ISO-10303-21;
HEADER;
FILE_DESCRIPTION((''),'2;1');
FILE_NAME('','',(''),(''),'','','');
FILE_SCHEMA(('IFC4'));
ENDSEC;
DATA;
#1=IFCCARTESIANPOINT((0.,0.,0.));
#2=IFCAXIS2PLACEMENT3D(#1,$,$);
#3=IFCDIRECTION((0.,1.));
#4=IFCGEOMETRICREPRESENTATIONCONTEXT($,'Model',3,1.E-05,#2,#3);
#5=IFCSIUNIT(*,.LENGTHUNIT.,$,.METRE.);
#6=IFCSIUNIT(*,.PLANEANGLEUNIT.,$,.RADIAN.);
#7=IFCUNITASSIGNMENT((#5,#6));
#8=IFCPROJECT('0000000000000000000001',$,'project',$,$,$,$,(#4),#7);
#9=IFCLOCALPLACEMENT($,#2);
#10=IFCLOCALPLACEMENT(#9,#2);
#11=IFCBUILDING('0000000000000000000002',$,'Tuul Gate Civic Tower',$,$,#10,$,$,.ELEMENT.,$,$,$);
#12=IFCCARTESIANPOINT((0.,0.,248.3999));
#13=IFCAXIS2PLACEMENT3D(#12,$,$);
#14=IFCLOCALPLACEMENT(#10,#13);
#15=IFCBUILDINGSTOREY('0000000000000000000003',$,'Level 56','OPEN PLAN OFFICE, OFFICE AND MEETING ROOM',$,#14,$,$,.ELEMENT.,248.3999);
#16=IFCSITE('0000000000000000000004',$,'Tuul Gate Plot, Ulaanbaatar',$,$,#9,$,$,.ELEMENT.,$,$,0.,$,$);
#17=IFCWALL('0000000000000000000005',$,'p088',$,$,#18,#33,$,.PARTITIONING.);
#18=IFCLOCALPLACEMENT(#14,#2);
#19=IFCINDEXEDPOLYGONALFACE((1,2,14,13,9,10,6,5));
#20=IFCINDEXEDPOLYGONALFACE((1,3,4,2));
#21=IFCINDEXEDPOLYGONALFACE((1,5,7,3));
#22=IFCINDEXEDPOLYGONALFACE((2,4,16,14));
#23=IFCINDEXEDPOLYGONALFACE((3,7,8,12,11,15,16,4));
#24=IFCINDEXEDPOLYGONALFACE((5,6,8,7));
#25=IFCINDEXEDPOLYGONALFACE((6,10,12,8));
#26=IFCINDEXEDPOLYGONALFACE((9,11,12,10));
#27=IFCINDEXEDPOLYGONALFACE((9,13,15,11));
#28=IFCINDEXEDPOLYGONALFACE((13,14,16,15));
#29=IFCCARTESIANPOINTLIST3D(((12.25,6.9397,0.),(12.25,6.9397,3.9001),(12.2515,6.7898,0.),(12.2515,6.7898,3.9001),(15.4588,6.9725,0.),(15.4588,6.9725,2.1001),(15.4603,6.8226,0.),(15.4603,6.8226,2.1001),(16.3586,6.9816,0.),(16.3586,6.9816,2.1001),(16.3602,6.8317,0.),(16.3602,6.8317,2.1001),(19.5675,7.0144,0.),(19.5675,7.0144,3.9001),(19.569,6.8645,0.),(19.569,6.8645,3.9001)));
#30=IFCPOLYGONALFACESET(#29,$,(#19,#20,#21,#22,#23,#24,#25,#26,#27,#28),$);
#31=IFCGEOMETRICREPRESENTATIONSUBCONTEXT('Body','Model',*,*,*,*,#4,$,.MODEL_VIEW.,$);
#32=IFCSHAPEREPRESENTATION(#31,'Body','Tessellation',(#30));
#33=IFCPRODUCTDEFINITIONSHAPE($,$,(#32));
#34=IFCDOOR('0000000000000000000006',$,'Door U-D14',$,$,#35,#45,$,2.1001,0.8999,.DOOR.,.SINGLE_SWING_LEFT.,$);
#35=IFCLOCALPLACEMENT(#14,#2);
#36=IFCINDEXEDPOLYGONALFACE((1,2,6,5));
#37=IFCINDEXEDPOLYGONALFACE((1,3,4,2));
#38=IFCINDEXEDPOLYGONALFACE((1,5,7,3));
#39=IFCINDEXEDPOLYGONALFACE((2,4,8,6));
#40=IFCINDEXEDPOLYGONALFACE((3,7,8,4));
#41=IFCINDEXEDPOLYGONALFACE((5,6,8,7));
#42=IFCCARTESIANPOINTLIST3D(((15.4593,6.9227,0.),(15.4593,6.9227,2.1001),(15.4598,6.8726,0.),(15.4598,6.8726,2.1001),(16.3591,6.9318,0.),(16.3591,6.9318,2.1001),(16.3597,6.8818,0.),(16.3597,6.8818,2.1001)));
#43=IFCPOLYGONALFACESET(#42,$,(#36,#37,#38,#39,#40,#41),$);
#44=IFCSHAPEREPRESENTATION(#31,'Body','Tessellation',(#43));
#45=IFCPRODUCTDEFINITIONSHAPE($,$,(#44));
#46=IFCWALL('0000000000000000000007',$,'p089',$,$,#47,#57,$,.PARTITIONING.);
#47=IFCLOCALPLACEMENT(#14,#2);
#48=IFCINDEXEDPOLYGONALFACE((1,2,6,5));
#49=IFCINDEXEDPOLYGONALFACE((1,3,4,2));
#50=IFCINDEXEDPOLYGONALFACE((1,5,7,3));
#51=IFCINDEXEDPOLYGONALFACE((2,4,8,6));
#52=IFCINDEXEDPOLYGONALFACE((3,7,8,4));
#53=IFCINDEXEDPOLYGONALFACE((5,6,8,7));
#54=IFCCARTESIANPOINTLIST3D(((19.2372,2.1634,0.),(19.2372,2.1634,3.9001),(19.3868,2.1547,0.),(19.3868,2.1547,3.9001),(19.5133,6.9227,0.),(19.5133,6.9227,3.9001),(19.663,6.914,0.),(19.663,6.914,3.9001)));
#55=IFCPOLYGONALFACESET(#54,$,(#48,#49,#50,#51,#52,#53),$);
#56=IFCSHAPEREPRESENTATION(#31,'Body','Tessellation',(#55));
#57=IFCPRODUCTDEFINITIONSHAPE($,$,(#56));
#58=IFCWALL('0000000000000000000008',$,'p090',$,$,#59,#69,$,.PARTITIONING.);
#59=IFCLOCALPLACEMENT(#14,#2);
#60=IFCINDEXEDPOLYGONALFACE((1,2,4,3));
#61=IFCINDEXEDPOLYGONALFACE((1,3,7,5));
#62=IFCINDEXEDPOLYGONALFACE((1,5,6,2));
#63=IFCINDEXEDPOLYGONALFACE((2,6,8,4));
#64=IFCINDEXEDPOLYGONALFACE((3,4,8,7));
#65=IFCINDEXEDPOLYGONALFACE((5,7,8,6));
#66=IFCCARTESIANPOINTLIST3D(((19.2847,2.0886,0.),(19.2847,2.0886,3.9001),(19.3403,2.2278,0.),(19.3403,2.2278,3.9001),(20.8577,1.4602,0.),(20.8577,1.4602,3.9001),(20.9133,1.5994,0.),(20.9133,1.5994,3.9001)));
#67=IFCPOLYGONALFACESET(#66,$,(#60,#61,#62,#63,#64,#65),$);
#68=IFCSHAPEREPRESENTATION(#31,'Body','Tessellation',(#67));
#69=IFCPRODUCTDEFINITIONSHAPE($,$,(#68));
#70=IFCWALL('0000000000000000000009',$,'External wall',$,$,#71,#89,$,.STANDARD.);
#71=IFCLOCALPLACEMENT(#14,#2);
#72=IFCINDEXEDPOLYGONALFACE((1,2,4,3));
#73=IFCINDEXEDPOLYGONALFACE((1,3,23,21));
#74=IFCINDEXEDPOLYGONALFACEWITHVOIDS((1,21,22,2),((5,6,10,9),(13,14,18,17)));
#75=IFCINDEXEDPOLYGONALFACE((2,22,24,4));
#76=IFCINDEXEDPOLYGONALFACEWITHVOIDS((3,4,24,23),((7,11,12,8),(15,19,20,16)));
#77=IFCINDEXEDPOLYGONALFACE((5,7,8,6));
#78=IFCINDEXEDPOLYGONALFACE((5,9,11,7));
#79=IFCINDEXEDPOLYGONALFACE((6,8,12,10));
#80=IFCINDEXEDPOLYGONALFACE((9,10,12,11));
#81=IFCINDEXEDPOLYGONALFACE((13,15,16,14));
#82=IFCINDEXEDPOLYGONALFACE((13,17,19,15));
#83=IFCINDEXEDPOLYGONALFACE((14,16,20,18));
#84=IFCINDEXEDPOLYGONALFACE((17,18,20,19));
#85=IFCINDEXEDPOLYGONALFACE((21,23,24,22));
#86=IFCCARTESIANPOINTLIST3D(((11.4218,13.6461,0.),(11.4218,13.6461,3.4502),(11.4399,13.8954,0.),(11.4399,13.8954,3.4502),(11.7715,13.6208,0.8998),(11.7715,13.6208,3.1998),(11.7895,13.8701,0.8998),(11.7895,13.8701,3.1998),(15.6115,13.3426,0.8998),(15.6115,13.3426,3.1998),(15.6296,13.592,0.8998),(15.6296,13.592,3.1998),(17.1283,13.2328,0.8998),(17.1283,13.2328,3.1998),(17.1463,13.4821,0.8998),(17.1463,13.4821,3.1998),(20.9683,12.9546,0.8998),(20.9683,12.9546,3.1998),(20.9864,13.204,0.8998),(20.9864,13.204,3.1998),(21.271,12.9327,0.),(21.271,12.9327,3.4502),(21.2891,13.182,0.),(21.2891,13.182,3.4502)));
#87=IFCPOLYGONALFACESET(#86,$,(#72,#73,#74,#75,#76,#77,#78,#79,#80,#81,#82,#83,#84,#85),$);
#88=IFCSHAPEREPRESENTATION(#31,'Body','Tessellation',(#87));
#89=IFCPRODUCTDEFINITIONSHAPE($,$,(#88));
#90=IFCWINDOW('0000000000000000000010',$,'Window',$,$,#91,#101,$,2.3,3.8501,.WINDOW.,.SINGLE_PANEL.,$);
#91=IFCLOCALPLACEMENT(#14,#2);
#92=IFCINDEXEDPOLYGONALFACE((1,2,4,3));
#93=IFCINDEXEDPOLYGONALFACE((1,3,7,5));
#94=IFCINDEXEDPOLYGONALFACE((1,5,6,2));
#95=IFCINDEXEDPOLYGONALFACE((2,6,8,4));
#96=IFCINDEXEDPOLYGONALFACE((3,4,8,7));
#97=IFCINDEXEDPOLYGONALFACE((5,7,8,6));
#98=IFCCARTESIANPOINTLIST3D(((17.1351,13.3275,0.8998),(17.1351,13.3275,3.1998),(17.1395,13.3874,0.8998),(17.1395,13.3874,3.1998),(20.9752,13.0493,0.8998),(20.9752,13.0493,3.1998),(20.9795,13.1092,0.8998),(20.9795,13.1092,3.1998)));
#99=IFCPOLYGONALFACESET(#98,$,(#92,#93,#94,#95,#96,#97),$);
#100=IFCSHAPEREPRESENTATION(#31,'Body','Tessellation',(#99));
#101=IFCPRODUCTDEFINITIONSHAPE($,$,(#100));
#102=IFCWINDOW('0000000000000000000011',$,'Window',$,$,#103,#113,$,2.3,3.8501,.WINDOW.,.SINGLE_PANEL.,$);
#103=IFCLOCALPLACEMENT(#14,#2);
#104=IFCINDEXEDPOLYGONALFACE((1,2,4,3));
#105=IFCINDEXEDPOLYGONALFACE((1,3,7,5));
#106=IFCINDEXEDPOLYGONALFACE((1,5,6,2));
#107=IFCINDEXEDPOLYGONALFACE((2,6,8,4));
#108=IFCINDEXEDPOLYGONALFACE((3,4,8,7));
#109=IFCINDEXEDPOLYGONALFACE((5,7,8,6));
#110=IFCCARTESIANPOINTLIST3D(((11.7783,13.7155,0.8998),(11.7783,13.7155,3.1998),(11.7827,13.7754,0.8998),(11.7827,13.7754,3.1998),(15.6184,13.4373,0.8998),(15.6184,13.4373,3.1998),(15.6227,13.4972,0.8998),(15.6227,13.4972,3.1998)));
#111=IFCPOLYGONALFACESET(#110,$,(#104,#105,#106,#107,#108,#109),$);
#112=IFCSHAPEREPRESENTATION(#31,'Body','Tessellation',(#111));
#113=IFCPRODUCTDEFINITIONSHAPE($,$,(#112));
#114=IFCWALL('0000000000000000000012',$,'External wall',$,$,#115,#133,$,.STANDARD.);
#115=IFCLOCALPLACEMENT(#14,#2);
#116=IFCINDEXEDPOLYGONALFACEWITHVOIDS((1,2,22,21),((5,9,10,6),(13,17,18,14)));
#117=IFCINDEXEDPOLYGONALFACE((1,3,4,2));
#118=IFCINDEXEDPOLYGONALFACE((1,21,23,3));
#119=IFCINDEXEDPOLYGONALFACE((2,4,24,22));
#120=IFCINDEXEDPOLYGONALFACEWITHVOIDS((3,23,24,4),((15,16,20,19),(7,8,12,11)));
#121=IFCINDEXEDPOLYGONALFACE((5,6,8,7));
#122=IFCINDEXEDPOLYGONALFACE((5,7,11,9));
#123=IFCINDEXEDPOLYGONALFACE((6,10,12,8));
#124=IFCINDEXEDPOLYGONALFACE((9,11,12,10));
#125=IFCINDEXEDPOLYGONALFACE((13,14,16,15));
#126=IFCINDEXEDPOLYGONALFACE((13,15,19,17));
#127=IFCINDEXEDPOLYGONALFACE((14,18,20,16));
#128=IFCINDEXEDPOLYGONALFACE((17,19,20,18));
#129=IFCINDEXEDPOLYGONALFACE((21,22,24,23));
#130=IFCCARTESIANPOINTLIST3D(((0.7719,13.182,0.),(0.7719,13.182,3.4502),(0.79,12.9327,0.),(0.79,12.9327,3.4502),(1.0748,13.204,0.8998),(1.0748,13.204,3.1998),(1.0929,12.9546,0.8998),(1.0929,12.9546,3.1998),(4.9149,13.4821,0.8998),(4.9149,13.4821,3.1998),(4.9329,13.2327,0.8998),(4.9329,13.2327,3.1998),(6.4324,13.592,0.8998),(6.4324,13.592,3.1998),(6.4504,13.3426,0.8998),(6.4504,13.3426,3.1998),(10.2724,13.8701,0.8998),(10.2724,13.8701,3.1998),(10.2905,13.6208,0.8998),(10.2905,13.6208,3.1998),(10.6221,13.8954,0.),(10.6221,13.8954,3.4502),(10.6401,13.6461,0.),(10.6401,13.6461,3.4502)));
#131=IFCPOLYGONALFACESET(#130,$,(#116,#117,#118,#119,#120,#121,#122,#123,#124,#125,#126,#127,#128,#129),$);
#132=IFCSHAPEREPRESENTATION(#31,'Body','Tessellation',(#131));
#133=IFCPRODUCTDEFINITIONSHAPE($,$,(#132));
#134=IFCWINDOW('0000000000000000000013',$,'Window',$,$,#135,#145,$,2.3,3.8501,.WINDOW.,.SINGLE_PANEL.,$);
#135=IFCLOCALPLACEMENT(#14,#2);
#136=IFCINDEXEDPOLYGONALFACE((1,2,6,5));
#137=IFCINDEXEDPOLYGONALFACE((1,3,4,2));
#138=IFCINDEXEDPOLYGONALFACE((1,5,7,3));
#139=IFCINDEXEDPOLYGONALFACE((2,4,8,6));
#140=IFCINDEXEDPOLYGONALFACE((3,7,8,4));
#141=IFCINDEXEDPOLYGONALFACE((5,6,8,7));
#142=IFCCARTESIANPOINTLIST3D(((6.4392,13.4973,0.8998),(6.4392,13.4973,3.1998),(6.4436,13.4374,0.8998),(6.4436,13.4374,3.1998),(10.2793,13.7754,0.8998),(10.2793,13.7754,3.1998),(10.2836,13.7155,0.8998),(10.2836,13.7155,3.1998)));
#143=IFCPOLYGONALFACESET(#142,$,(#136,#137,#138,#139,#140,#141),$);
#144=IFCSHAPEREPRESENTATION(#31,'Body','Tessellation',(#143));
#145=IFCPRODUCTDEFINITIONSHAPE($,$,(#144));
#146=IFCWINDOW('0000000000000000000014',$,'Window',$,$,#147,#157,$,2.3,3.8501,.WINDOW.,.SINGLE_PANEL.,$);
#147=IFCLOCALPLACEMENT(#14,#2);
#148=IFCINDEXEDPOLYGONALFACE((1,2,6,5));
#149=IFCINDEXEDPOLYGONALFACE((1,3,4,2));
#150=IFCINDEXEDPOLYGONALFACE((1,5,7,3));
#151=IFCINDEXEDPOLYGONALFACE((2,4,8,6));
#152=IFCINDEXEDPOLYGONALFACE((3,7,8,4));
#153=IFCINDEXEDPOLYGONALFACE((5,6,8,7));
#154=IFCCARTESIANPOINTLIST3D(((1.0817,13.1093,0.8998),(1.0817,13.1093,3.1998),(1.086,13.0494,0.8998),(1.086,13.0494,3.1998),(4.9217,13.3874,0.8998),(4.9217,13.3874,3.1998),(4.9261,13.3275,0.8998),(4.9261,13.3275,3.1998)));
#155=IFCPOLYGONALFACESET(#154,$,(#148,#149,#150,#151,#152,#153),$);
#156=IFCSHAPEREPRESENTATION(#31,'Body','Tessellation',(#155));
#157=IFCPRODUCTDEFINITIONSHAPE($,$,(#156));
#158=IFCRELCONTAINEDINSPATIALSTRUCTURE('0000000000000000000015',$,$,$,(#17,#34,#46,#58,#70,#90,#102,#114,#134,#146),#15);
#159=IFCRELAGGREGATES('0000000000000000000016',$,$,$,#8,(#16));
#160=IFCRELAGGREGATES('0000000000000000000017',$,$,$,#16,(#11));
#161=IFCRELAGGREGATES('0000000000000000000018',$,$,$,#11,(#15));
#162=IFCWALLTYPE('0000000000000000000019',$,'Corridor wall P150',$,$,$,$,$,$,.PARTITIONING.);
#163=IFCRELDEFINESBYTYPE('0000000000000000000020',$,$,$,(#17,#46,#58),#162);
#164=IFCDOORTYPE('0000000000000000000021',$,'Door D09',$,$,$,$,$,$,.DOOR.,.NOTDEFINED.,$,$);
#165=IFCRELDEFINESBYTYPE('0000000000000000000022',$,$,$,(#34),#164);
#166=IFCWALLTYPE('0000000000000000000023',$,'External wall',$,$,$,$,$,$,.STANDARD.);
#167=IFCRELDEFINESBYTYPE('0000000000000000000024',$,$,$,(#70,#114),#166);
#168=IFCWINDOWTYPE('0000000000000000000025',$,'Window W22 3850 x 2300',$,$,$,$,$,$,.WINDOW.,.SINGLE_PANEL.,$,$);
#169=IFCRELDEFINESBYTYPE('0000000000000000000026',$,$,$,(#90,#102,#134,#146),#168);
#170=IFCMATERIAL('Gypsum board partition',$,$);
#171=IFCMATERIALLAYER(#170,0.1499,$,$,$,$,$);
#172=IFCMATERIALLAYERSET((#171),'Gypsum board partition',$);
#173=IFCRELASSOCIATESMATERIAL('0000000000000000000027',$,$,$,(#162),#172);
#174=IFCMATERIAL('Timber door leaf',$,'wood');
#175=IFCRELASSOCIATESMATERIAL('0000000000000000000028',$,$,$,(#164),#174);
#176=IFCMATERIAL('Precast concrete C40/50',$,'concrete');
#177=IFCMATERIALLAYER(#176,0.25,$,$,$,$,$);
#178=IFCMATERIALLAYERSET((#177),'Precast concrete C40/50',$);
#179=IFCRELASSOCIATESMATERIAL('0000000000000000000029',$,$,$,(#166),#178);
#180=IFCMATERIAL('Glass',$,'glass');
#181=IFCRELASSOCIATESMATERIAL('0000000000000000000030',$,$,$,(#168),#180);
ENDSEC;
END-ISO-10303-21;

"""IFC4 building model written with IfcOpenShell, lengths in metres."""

from ifc_helpers import new_model, si_unit, direction, frame, frame_2d, origin, place, context, subcontext, project, spatial, rectangle, extrude, material, layer, layer_set, type_object, element, fill, save


model = new_model("IFC4")

# Units and contexts
model_context = context("Model", 3, precision=1e-05, world=origin(), true_north=direction((0.0, 1.0)))
body_context = subcontext(model_context, "Body", "Model", "MODEL_VIEW")
ifc_project = project(units=[si_unit("LENGTHUNIT", "METRE"), si_unit("PLANEANGLEUNIT", "RADIAN")], contexts=[model_context])

# Site, building, storey
site_placement = place(None, origin())
site = spatial("IfcSite", under=ifc_project, at=site_placement, Name="Tuul Gate Plot, Ulaanbaatar", CompositionType="ELEMENT", RefElevation=0.0)
building_placement = place(site_placement, origin())
building = spatial("IfcBuilding", under=site, at=building_placement, Name="Tuul Gate Civic Tower", CompositionType="ELEMENT")
storey_placement = place(building_placement, frame((0.0, 0.0, 248.3999)))
storey = spatial("IfcBuildingStorey", under=building, at=storey_placement, Name="Level 56", Description="OPEN PLAN OFFICE, OFFICE AND MEETING ROOM", CompositionType="ELEMENT", Elevation=248.3999)

# Shared definitions
ifc_material_1 = material(Name="Gypsum board partition")
ifc_layer_1 = layer(ifc_material_1, 0.1499)
ifc_layer_set_1 = layer_set([ifc_layer_1], Name="Gypsum board partition")
wall_type_1 = type_object("IfcWallType", Name="Corridor wall P150", PredefinedType="PARTITIONING", material=ifc_layer_set_1)
ifc_material_2 = material(Name="Timber door leaf", Category="wood")
door_type_1 = type_object("IfcDoorType", Name="Door D09", OperationType="NOTDEFINED", PredefinedType="DOOR", material=ifc_material_2)

# Wall, opening, door
wall_1_placement = place(storey_placement, frame((12.2507, 6.8647, 0.0), z_axis=(0.0, 0.0, 1.0), x_axis=(0.999948, 0.010209, 0.0)))
wall_1 = element("IfcWall", 1, at=wall_1_placement, inside=storey, type_object=wall_type_1, Name="p088", PredefinedType="PARTITIONING", context=body_context, shape_type="SweptSolid", body=[
    extrude(rectangle(XDim=7.3179, YDim=0.1499, at=frame_2d((3.6589, 0.0))), origin(), (0.0, 0.0, 1.0), 3.9001),
])
opening_1_placement = place(wall_1_placement, frame((3.209, 0.0, 0.0)))
opening_1 = element("IfcOpeningElement", 2, at=opening_1_placement, cuts=wall_1, PredefinedType="OPENING", context=body_context, shape_type="SweptSolid", body=[
    extrude(rectangle(XDim=0.8999, YDim=2.1001, at=frame_2d((0.45, 1.05))), frame((0.0, 0.085, 0.0), z_axis=(0.0, -1.0, 0.0), x_axis=(1.0, 0.0, 0.0)), (0.0, 0.0, 1.0), 0.1699),
])
door_1_placement = place(opening_1_placement, frame((0.8999, 0.0, 0.0), z_axis=(0.0, 0.0, 1.0), x_axis=(-1.0, 0.0, 0.0)))
door_1 = element("IfcDoor", 3, at=door_1_placement, inside=storey, type_object=door_type_1, Name="Door U-D14", OperationType="SINGLE_SWING_LEFT", OverallHeight=2.1001, OverallWidth=0.8999, PredefinedType="DOOR", context=body_context, shape_type="SweptSolid", body=[
    extrude(rectangle(XDim=0.8999, YDim=2.1001, at=frame_2d((0.45, 1.05))), frame((0.0, 0.0249, 0.0), z_axis=(0.0, -1.0, 0.0), x_axis=(1.0, 0.0, 0.0)), (0.0, 0.0, 1.0), 0.05),
])
fill(opening_1, door_1)

# Walls
wall_2_placement = place(storey_placement, frame((19.312, 2.1589, 0.0), z_axis=(0.0, 0.0, 1.0), x_axis=(0.05792, 0.998321, 0.0)))
element("IfcWall", 4, at=wall_2_placement, inside=storey, type_object=wall_type_1, Name="p089", PredefinedType="PARTITIONING", context=body_context, shape_type="SweptSolid", body=[
    extrude(rectangle(XDim=4.7673, YDim=0.1499, at=frame_2d((2.3838, 0.0))), origin(), (0.0, 0.0, 1.0), 3.9001),
])
wall_3_placement = place(storey_placement, frame((19.3125, 2.1582, 0.0), z_axis=(0.0, 0.0, 1.0), x_axis=(0.928636, -0.370993, 0.0)))
element("IfcWall", 5, at=wall_3_placement, inside=storey, type_object=wall_type_1, Name="p090", PredefinedType="PARTITIONING", context=body_context, shape_type="SweptSolid", body=[
    extrude(rectangle(XDim=1.6938, YDim=0.1499, at=frame_2d((0.8469, 0.0))), origin(), (0.0, 0.0, 1.0), 3.9001),
])

# Walls, openings, windows
ifc_material_3 = material(Name="Precast concrete C40/50", Category="concrete")
ifc_layer_2 = layer(ifc_material_3, 0.25)
ifc_layer_set_2 = layer_set([ifc_layer_2], Name="Precast concrete C40/50")
wall_type_2 = type_object("IfcWallType", Name="External wall", PredefinedType="STANDARD", material=ifc_layer_set_2)
wall_4_placement = place(storey_placement, frame((21.28, 13.0574, 0.0), z_axis=(0.0, 0.0, 1.0), x_axis=(-0.997387, 0.072241, 0.0)))
wall_4 = element("IfcWall", 6, at=wall_4_placement, inside=storey, type_object=wall_type_2, Name="External wall", PredefinedType="STANDARD", context=body_context, shape_type="SweptSolid", body=[
    extrude(rectangle(XDim=9.875, YDim=0.25, at=frame_2d((4.9375, 0.0))), origin(), (0.0, 0.0, 1.0), 3.4502),
])
opening_2_placement = place(wall_4_placement, frame((0.3035, 0.0, 0.8999)))
opening_2 = element("IfcOpeningElement", 7, at=opening_2_placement, cuts=wall_4, PredefinedType="OPENING", context=body_context, shape_type="SweptSolid", body=[
    extrude(rectangle(XDim=3.8501, YDim=2.3, at=frame_2d((1.925, 1.1499))), frame((0.0, 0.135, 0.0), z_axis=(0.0, -1.0, 0.0), x_axis=(1.0, 0.0, 0.0)), (0.0, 0.0, 1.0), 0.27),
])
opening_3_placement = place(wall_4_placement, frame((5.6743, 0.0, 0.8999)))
opening_3 = element("IfcOpeningElement", 8, at=opening_3_placement, cuts=wall_4, PredefinedType="OPENING", context=body_context, shape_type="SweptSolid", body=[
    extrude(rectangle(XDim=3.8501, YDim=2.3, at=frame_2d((1.925, 1.1499))), frame((0.0, 0.135, 0.0), z_axis=(0.0, -1.0, 0.0), x_axis=(1.0, 0.0, 0.0)), (0.0, 0.0, 1.0), 0.27),
])
ifc_material_4 = material(Name="Glass", Category="glass")
window_type = type_object("IfcWindowType", Name="Window W22 3850 x 2300", PartitioningType="SINGLE_PANEL", PredefinedType="WINDOW", material=ifc_material_4)
window_1_placement = place(opening_2_placement, origin())
window_1 = element("IfcWindow", 9, at=window_1_placement, inside=storey, type_object=window_type, Name="Window", OverallHeight=2.3, OverallWidth=3.8501, PartitioningType="SINGLE_PANEL", PredefinedType="WINDOW", context=body_context, shape_type="SweptSolid", body=[
    extrude(rectangle(XDim=3.8501, YDim=2.3, at=frame_2d((1.925, 1.1499))), frame((0.0, 0.03, 0.0), z_axis=(0.0, -1.0, 0.0), x_axis=(1.0, 0.0, 0.0)), (0.0, 0.0, 1.0), 0.0601),
])
fill(opening_2, window_1)
window_2_placement = place(opening_3_placement, origin())
window_2 = element("IfcWindow", 10, at=window_2_placement, inside=storey, type_object=window_type, Name="Window", OverallHeight=2.3, OverallWidth=3.8501, PartitioningType="SINGLE_PANEL", PredefinedType="WINDOW", context=body_context, shape_type="SweptSolid", body=[
    extrude(rectangle(XDim=3.8501, YDim=2.3, at=frame_2d((1.925, 1.1499))), frame((0.0, 0.03, 0.0), z_axis=(0.0, -1.0, 0.0), x_axis=(1.0, 0.0, 0.0)), (0.0, 0.0, 1.0), 0.0601),
])
fill(opening_3, window_2)
wall_5_placement = place(storey_placement, frame((10.6311, 13.7708, 0.0), z_axis=(0.0, 0.0, 1.0), x_axis=(-0.997388, -0.072234, 0.0)))
wall_5 = element("IfcWall", 11, at=wall_5_placement, inside=storey, type_object=wall_type_2, Name="External wall", PredefinedType="STANDARD", context=body_context, shape_type="SweptSolid", body=[
    extrude(rectangle(XDim=9.876, YDim=0.25, at=frame_2d((4.938, 0.0))), origin(), (0.0, 0.0, 1.0), 3.4502),
])
opening_4_placement = place(wall_5_placement, frame((0.3506, 0.0, 0.8999)))
opening_4 = element("IfcOpeningElement", 12, at=opening_4_placement, cuts=wall_5, PredefinedType="OPENING", context=body_context, shape_type="SweptSolid", body=[
    extrude(rectangle(XDim=3.8501, YDim=2.3, at=frame_2d((1.925, 1.1499))), frame((0.0, 0.135, 0.0), z_axis=(0.0, -1.0, 0.0), x_axis=(1.0, 0.0, 0.0)), (0.0, 0.0, 1.0), 0.27),
])
opening_5_placement = place(wall_5_placement, frame((5.7222, 0.0, 0.8999)))
opening_5 = element("IfcOpeningElement", 13, at=opening_5_placement, cuts=wall_5, PredefinedType="OPENING", context=body_context, shape_type="SweptSolid", body=[
    extrude(rectangle(XDim=3.8501, YDim=2.3, at=frame_2d((1.925, 1.1499))), frame((0.0, 0.135, 0.0), z_axis=(0.0, -1.0, 0.0), x_axis=(1.0, 0.0, 0.0)), (0.0, 0.0, 1.0), 0.27),
])
window_3_placement = place(opening_4_placement, origin())
window_3 = element("IfcWindow", 14, at=window_3_placement, inside=storey, type_object=window_type, Name="Window", OverallHeight=2.3, OverallWidth=3.8501, PartitioningType="SINGLE_PANEL", PredefinedType="WINDOW", context=body_context, shape_type="SweptSolid", body=[
    extrude(rectangle(XDim=3.8501, YDim=2.3, at=frame_2d((1.925, 1.1499))), frame((0.0, 0.03, 0.0), z_axis=(0.0, -1.0, 0.0), x_axis=(1.0, 0.0, 0.0)), (0.0, 0.0, 1.0), 0.0601),
])
fill(opening_4, window_3)
window_4_placement = place(opening_5_placement, origin())
window_4 = element("IfcWindow", 15, at=window_4_placement, inside=storey, type_object=window_type, Name="Window", OverallHeight=2.3, OverallWidth=3.8501, PartitioningType="SINGLE_PANEL", PredefinedType="WINDOW", context=body_context, shape_type="SweptSolid", body=[
    extrude(rectangle(XDim=3.8501, YDim=2.3, at=frame_2d((1.925, 1.1499))), frame((0.0, 0.03, 0.0), z_axis=(0.0, -1.0, 0.0), x_axis=(1.0, 0.0, 0.0)), (0.0, 0.0, 1.0), 0.0601),
])
fill(opening_5, window_4)

save(model, "model.ifc")
